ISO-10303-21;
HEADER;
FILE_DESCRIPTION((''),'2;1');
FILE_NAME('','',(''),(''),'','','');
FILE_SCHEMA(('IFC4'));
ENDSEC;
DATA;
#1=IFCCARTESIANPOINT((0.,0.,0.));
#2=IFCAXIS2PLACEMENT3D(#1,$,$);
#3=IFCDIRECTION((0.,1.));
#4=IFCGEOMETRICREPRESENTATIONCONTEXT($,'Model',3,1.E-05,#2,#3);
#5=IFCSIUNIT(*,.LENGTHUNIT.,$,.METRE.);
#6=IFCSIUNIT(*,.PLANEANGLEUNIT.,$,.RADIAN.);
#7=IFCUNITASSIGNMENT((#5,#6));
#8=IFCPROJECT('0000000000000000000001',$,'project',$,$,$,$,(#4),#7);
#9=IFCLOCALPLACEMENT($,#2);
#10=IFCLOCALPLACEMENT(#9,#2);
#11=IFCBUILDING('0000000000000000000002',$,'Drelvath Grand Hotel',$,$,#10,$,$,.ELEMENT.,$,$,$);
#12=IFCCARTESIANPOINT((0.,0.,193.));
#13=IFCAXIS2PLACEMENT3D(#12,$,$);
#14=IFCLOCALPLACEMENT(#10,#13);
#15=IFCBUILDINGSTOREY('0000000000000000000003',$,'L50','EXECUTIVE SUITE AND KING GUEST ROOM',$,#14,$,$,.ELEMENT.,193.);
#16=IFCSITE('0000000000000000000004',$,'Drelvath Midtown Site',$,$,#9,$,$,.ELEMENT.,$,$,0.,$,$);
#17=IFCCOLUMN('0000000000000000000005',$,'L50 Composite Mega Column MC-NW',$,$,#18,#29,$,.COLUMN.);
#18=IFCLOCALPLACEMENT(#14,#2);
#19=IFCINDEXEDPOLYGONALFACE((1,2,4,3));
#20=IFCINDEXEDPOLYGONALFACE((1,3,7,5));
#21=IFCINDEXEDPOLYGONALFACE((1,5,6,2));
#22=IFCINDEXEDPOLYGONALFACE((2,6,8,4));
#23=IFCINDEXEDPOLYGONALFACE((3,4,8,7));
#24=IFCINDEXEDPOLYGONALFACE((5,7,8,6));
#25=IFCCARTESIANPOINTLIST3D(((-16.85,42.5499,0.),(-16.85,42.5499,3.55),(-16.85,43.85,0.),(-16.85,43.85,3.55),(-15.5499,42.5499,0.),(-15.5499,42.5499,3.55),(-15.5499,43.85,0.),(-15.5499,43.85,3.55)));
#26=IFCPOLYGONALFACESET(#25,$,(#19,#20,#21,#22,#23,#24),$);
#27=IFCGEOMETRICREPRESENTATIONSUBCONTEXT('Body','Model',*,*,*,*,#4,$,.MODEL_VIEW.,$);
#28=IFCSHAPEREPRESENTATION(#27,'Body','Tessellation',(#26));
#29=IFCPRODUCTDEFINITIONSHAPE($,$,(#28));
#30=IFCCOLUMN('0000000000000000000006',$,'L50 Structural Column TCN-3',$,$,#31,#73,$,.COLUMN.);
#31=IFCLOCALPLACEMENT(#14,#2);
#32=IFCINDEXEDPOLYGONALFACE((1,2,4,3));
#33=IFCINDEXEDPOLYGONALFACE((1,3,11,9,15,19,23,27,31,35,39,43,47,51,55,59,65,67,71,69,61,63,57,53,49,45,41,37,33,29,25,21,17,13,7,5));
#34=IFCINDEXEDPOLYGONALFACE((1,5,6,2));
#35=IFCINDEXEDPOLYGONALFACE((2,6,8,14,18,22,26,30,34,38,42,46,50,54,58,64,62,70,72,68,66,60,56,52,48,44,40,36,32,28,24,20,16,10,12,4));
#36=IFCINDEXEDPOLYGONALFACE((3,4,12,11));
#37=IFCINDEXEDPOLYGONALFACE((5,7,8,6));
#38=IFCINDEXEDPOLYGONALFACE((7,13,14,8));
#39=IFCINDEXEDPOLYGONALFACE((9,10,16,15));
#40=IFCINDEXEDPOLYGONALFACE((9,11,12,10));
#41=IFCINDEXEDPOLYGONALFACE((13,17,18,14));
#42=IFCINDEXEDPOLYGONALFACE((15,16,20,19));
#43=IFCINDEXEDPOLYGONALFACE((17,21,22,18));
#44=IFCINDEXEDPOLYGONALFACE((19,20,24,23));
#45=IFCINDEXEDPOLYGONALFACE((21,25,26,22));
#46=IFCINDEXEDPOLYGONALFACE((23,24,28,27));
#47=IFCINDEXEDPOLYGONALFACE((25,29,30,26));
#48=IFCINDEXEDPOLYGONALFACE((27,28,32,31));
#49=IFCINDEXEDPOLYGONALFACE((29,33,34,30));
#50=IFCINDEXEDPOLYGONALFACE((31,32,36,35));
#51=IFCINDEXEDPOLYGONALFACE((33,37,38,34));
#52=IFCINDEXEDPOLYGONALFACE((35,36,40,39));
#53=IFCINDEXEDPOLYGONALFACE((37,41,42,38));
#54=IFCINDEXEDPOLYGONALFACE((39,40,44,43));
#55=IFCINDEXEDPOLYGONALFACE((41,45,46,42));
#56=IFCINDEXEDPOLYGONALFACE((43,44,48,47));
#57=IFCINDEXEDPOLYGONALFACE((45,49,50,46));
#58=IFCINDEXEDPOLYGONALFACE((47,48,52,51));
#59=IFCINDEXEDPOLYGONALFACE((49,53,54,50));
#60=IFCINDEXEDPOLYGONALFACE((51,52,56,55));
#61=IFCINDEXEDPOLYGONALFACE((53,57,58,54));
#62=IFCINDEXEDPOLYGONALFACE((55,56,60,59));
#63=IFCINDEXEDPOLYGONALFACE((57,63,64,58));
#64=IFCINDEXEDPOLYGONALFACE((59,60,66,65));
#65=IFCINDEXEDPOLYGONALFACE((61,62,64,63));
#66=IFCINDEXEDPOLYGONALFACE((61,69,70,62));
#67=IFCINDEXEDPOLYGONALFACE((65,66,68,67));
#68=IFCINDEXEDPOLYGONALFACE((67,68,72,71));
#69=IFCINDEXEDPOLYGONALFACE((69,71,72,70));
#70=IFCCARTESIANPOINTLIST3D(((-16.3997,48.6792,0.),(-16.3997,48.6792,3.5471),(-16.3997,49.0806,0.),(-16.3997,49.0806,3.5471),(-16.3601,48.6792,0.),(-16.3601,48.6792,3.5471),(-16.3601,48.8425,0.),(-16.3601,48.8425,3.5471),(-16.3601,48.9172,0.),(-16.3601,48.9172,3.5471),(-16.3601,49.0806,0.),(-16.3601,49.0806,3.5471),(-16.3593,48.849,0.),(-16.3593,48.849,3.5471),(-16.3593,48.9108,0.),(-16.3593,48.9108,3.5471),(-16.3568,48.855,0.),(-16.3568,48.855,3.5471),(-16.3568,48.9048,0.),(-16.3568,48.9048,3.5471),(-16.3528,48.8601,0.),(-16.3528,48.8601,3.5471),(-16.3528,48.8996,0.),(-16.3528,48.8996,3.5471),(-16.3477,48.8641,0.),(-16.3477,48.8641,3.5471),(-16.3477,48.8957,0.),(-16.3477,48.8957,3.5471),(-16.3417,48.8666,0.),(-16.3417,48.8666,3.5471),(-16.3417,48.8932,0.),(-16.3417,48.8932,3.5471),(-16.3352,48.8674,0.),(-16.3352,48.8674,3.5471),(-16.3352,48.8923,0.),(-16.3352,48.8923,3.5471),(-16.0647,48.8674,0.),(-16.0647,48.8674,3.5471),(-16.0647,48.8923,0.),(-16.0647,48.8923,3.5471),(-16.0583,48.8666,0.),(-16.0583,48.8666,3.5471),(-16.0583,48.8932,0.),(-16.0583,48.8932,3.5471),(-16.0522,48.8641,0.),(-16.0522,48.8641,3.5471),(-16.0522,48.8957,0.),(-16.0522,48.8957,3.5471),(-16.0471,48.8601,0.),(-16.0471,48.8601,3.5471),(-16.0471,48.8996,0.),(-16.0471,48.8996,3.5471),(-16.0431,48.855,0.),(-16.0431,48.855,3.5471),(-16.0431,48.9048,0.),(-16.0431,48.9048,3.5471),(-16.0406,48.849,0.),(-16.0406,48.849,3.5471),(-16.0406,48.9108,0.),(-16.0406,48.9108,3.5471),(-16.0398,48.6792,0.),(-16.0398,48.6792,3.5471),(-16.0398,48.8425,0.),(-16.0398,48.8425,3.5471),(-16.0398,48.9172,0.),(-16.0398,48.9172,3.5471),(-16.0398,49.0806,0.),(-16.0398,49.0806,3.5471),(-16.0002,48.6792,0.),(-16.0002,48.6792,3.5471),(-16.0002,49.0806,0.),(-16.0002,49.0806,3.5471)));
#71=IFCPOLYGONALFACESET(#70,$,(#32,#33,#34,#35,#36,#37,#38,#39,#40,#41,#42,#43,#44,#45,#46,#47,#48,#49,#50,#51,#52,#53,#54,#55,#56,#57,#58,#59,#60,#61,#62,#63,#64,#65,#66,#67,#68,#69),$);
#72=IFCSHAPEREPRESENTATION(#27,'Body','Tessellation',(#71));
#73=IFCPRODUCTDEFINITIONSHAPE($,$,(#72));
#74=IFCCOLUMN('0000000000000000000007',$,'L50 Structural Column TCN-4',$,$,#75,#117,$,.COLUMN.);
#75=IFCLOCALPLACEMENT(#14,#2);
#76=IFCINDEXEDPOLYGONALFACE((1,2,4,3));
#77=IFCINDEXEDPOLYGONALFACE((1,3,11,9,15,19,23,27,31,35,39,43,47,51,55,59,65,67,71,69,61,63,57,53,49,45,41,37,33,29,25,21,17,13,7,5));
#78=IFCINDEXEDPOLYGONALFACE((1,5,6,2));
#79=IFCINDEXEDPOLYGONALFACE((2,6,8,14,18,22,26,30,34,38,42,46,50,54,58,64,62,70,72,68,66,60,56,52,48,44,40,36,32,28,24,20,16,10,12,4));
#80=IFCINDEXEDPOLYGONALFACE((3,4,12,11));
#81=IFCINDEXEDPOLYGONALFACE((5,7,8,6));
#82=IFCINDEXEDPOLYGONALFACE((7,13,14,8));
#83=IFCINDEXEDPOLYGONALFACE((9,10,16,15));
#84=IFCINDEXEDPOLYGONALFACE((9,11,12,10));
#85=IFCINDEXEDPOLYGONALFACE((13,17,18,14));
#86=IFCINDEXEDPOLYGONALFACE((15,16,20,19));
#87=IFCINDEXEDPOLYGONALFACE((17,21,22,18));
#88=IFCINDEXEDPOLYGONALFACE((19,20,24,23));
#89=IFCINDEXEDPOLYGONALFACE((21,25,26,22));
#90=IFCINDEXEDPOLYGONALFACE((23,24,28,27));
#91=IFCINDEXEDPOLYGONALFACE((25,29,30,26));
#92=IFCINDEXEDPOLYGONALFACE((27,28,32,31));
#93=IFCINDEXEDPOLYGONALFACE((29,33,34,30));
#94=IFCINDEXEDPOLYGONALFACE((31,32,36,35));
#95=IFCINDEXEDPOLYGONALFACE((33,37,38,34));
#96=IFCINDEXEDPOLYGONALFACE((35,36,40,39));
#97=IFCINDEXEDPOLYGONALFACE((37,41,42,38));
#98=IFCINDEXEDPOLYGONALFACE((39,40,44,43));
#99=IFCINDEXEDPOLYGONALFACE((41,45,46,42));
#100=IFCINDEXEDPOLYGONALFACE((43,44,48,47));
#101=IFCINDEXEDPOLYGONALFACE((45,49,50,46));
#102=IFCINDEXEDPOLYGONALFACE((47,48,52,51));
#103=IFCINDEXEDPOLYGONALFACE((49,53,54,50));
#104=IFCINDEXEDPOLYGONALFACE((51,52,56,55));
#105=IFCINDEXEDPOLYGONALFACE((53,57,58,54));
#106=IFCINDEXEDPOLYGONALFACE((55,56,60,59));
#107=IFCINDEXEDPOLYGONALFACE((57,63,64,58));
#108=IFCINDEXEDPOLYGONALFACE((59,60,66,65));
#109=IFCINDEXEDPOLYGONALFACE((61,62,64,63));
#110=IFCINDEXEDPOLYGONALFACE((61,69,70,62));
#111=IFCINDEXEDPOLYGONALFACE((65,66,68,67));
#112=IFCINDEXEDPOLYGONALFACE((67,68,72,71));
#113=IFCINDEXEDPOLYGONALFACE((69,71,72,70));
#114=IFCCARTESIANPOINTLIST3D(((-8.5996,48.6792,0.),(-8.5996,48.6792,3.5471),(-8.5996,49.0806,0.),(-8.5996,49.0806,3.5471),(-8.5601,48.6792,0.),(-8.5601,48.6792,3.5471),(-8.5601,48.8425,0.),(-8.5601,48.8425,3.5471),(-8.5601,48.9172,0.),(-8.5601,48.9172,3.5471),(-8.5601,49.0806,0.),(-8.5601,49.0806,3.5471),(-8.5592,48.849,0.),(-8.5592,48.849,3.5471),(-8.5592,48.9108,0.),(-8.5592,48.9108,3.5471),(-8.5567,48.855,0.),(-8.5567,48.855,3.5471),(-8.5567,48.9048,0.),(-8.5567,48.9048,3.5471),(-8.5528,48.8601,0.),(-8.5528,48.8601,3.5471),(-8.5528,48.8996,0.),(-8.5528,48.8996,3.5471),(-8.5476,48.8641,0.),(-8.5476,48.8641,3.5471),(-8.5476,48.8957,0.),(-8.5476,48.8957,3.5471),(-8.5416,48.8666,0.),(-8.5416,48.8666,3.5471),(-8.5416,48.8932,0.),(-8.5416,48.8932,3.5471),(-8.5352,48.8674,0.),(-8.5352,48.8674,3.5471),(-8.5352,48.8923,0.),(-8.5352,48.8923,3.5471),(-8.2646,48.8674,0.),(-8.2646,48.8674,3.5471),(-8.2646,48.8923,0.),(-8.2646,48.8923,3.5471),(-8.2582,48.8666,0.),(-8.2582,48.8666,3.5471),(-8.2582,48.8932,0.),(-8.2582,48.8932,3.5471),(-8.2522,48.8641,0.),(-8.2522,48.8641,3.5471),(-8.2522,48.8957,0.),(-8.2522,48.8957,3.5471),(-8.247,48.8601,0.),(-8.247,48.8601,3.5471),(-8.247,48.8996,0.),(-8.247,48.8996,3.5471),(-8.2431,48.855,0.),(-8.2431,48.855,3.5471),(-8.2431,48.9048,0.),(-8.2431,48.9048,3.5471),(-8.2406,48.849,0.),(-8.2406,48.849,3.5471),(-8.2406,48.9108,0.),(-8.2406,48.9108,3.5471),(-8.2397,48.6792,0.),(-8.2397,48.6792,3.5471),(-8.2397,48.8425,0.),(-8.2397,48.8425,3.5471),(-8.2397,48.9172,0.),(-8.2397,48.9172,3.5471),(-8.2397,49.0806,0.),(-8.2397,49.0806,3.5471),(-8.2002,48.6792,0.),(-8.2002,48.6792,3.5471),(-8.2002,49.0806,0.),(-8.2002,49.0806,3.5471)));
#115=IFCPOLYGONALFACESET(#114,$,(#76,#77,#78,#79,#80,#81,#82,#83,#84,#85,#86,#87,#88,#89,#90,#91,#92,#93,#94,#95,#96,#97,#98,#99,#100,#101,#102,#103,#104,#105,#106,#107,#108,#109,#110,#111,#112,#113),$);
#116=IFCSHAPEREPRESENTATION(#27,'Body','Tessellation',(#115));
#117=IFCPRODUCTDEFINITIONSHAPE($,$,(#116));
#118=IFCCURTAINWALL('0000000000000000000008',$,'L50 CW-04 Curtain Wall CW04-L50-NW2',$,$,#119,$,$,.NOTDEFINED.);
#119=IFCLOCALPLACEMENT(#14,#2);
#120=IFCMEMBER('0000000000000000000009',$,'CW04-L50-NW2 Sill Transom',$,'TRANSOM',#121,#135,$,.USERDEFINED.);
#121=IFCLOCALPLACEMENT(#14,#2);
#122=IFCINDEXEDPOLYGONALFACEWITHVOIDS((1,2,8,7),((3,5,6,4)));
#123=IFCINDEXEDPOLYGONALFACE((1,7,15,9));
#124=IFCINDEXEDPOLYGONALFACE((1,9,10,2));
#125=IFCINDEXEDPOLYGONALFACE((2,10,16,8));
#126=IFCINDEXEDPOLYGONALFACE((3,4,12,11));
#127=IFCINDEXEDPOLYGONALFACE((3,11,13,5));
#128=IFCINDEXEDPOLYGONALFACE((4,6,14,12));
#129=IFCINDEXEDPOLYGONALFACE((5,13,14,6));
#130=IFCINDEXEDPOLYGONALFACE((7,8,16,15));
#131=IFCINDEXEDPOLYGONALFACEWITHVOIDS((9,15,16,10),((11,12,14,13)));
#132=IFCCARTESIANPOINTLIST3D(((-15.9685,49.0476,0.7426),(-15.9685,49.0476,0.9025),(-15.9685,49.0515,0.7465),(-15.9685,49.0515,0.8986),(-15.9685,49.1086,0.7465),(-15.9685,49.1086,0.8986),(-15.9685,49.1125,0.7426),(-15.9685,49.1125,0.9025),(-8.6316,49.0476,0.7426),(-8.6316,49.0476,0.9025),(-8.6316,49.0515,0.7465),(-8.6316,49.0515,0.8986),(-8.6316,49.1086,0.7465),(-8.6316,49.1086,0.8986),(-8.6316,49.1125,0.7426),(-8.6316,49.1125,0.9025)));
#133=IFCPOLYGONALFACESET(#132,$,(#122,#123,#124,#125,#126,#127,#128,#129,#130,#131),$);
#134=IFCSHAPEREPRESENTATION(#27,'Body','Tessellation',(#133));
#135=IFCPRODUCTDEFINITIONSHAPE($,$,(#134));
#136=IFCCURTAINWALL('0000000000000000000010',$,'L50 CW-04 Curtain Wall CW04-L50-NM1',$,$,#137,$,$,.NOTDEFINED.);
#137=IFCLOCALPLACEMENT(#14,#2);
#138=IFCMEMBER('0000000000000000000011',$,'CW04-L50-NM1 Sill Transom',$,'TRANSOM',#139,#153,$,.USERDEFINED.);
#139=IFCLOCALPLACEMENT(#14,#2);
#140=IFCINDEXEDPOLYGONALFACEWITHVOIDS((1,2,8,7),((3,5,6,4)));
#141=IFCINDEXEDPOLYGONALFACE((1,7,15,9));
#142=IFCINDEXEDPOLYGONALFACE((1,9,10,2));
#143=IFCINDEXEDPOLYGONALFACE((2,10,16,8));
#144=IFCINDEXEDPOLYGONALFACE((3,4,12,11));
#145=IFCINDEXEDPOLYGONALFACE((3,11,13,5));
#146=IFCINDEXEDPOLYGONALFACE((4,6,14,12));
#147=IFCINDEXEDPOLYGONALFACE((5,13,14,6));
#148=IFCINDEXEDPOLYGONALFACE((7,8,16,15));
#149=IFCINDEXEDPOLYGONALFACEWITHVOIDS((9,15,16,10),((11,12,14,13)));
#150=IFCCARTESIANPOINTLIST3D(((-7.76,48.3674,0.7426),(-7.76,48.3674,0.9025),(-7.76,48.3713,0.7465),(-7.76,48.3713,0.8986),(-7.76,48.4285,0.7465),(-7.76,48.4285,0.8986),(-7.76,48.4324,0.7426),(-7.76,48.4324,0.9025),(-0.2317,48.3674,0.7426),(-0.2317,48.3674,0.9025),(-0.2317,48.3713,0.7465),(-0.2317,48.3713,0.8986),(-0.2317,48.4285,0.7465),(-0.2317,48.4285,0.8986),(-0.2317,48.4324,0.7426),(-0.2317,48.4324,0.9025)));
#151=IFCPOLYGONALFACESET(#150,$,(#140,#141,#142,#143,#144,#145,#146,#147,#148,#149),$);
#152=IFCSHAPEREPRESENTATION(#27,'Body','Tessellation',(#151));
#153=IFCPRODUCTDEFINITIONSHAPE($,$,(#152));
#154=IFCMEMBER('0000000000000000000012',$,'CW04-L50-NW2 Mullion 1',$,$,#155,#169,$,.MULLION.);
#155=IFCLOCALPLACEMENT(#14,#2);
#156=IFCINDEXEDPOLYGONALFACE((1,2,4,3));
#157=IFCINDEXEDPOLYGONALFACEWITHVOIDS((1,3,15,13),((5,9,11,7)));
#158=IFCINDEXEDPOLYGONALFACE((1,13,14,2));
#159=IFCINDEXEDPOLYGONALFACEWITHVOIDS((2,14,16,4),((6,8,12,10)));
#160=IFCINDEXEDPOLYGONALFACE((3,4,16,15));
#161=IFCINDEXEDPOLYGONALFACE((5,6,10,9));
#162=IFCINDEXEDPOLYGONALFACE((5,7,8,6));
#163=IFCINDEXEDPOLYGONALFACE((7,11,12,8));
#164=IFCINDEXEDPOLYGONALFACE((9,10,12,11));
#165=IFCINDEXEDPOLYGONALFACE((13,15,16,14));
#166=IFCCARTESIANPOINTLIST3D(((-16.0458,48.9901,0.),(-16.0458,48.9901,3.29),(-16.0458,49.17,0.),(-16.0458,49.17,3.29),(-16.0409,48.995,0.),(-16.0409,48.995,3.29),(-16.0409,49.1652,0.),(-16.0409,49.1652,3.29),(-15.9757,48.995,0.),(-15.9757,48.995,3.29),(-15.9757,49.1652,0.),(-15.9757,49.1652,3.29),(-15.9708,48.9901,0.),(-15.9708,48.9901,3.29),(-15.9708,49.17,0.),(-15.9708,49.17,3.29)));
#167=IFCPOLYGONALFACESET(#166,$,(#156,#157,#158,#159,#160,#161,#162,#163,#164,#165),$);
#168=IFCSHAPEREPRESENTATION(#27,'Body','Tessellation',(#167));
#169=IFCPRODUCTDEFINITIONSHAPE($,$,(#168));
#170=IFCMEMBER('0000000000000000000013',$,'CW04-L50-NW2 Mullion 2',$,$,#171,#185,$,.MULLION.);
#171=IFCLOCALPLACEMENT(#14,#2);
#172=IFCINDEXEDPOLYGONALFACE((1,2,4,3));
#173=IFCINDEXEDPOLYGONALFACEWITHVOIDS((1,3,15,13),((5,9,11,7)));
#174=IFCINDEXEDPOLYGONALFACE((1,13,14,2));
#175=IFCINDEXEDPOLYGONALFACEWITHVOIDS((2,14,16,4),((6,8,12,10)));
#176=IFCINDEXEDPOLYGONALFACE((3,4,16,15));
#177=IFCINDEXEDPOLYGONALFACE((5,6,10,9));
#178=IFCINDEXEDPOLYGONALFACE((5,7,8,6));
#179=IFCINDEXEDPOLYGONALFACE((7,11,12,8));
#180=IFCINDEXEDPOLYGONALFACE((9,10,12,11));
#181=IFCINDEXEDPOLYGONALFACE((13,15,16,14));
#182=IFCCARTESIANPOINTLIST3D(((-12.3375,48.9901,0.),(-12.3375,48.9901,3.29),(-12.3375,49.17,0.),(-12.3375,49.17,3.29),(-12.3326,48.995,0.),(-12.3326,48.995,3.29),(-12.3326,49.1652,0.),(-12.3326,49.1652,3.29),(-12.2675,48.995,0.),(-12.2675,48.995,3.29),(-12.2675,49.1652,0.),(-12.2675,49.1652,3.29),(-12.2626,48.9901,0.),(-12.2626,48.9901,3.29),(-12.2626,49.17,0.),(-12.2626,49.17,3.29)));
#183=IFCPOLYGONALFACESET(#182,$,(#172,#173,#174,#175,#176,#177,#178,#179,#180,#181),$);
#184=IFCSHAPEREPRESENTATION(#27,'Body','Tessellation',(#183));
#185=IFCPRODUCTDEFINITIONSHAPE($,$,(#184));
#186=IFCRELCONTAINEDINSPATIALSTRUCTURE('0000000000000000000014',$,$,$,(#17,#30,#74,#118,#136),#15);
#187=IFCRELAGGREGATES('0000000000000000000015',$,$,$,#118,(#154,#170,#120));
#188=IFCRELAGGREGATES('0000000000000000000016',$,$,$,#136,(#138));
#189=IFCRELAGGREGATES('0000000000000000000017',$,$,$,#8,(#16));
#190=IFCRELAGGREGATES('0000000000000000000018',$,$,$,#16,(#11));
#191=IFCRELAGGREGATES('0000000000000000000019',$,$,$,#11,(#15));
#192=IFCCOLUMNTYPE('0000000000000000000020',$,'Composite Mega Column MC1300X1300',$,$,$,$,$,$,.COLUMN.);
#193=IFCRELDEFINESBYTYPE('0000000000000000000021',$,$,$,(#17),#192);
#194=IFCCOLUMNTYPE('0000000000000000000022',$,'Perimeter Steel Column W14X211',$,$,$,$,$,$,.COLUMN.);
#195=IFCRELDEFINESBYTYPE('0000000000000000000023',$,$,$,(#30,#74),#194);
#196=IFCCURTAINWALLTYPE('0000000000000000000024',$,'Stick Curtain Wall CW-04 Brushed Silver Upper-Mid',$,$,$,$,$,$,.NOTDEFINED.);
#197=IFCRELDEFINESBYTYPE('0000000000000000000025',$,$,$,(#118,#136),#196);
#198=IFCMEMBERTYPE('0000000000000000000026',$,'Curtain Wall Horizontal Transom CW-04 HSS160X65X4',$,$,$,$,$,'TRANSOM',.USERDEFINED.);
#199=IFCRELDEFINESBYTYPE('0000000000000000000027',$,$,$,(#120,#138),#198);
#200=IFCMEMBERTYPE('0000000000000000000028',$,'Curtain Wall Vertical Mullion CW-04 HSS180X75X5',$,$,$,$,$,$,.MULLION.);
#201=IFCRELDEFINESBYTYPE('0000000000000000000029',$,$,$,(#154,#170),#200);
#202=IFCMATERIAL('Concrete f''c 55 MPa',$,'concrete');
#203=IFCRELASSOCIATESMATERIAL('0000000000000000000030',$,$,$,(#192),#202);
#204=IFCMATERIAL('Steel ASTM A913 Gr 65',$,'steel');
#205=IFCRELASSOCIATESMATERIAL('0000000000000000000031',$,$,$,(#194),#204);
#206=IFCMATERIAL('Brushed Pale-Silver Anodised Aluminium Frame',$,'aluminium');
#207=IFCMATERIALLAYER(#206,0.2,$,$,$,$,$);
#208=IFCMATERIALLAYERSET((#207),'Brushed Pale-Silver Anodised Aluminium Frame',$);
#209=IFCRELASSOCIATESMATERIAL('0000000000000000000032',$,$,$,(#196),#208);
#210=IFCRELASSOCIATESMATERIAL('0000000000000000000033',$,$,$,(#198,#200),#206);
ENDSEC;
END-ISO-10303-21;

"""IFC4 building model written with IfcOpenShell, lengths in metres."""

from ifc_helpers import new_model, si_unit, direction, frame, origin, origin_2d, place, context, subcontext, project, spatial, rectangle, hollow_rectangle, i_section, extrude, material, layer, layer_set, material_profile, profile_set, type_object, element, aggregate, save


model = new_model("IFC4")

# Units and contexts
model_context = context("Model", 3, precision=1e-05, world=origin(), true_north=direction((0.0, 1.0)))
body_context = subcontext(model_context, "Body", "Model", "MODEL_VIEW")
ifc_project = project(units=[si_unit("LENGTHUNIT", "METRE"), si_unit("PLANEANGLEUNIT", "RADIAN")], contexts=[model_context])

# Site, building, storey
site_placement = place(None, origin())
site = spatial("IfcSite", under=ifc_project, at=site_placement, Name="Drelvath Midtown Site", CompositionType="ELEMENT", RefElevation=0.0)
building_placement = place(site_placement, origin())
building = spatial("IfcBuilding", under=site, at=building_placement, Name="Drelvath Grand Hotel", CompositionType="ELEMENT")
storey_placement = place(building_placement, frame((0.0, 0.0, 193.0)))
storey = spatial("IfcBuildingStorey", under=building, at=storey_placement, Name="L50", Description="EXECUTIVE SUITE AND KING GUEST ROOM", CompositionType="ELEMENT", Elevation=193.0)

# Columns
ifc_material_1 = material(Name="Concrete f'c 55 MPa", Category="concrete")
ifc_material_profile_1 = material_profile(ifc_material_1, rectangle(XDim=1.3, YDim=1.3, at=origin_2d()), Name="MC1300X1300")
ifc_profile_set_1 = profile_set([ifc_material_profile_1], Name="Concrete f'c 55 MPa")
column_type_1 = type_object("IfcColumnType", Name="Composite Mega Column MC1300X1300", PredefinedType="COLUMN", material=ifc_profile_set_1)
column_placement = place(storey_placement, frame((-16.2, 43.2, 0.0), z_axis=(0.0, 0.0, 1.0), x_axis=(1.0, 0.0, 0.0)))
element("IfcColumn", 1, at=column_placement, inside=storey, type_object=column_type_1, Name="L50 Composite Mega Column MC-NW", PredefinedType="COLUMN", context=body_context, shape_type="SweptSolid", body=[
    extrude(rectangle(XDim=1.3, YDim=1.3, at=origin_2d()), origin(), (0.0, 0.0, 1.0), 3.55),
])
ifc_material_2 = material(Name="Steel ASTM A913 Gr 65", Category="steel")
ifc_material_profile_2 = material_profile(ifc_material_2, i_section(OverallWidth=0.4014, OverallDepth=0.3994, WebThickness=0.0249, FlangeThickness=0.0396, FilletRadius=0.0249, at=origin_2d()), Name="W14X211")
ifc_profile_set_2 = profile_set([ifc_material_profile_2], Name="Steel ASTM A913 Gr 65")
column_type_2 = type_object("IfcColumnType", Name="Perimeter Steel Column W14X211", PredefinedType="COLUMN", material=ifc_profile_set_2)
for number, where, z_axis, x_axis, name in (
    (2, (-16.2, 48.8799, 0.0), (0.0, 0.0, 1.0), (0.0, 1.0, 0.0), "L50 Structural Column TCN-3"),
    (3, (-8.3999, 48.8799, 0.0), (0.0, 0.0, 1.0), (0.0, 1.0, 0.0), "L50 Structural Column TCN-4"),
):
    element("IfcColumn", number, at=place(storey_placement, frame(where, z_axis=z_axis, x_axis=x_axis)), inside=storey, type_object=column_type_2, Name=name, PredefinedType="COLUMN", context=body_context, shape_type="SweptSolid", body=[
        extrude(i_section(OverallWidth=0.4014, OverallDepth=0.3994, WebThickness=0.0249, FlangeThickness=0.0396, FilletRadius=0.0249, at=origin_2d()), origin(), (0.0, 0.0, 1.0), 3.5471),
    ])

# Curtain walls, members
ifc_material_3 = material(Name="Brushed Pale-Silver Anodised Aluminium Frame", Category="aluminium")
ifc_layer_1 = layer(ifc_material_3, 0.2)
ifc_layer_set_1 = layer_set([ifc_layer_1], Name="Brushed Pale-Silver Anodised Aluminium Frame")
curtain_wall_type = type_object("IfcCurtainWallType", Name="Stick Curtain Wall CW-04 Brushed Silver Upper-Mid", PredefinedType="NOTDEFINED", material=ifc_layer_set_1)
curtain_wall_1_placement = place(storey_placement, origin())
curtain_wall_1 = element("IfcCurtainWall", 4, at=curtain_wall_1_placement, inside=storey, type_object=curtain_wall_type, Name="L50 CW-04 Curtain Wall CW04-L50-NW2", PredefinedType="NOTDEFINED")
ifc_material_profile_3 = material_profile(ifc_material_3, hollow_rectangle(XDim=0.0649, YDim=0.1599, WallThickness=0.0039, at=origin_2d()), Name="HSS160X65X4")
ifc_profile_set_3 = profile_set([ifc_material_profile_3], Name="Brushed Pale-Silver Anodised Aluminium Frame")
member_type_1 = type_object("IfcMemberType", Name="Curtain Wall Horizontal Transom CW-04 HSS160X65X4", ElementType="TRANSOM", PredefinedType="USERDEFINED", material=ifc_profile_set_3)
member_1_placement = place(storey_placement, frame((-15.9685, 49.0801, 0.8225), z_axis=(1.0, 0.0, 0.0), x_axis=(0.0, 1.0, 0.0)))
member_1 = element("IfcMember", 5, at=member_1_placement, type_object=member_type_1, Name="CW04-L50-NW2 Sill Transom", ObjectType="TRANSOM", PredefinedType="USERDEFINED", context=body_context, shape_type="SweptSolid", body=[
    extrude(hollow_rectangle(XDim=0.0649, YDim=0.1599, WallThickness=0.0039, at=origin_2d()), origin(), (0.0, 0.0, 1.0), 7.3369),
])
curtain_wall_2_placement = place(storey_placement, origin())
curtain_wall_2 = element("IfcCurtainWall", 6, at=curtain_wall_2_placement, inside=storey, type_object=curtain_wall_type, Name="L50 CW-04 Curtain Wall CW04-L50-NM1", PredefinedType="NOTDEFINED")
member_2_placement = place(storey_placement, frame((-7.76, 48.3999, 0.8225), z_axis=(1.0, 0.0, 0.0), x_axis=(0.0, 1.0, 0.0)))
member_2 = element("IfcMember", 7, at=member_2_placement, type_object=member_type_1, Name="CW04-L50-NM1 Sill Transom", ObjectType="TRANSOM", PredefinedType="USERDEFINED", context=body_context, shape_type="SweptSolid", body=[
    extrude(hollow_rectangle(XDim=0.0649, YDim=0.1599, WallThickness=0.0039, at=origin_2d()), origin(), (0.0, 0.0, 1.0), 7.5283),
])

# Members
ifc_material_profile_4 = material_profile(ifc_material_3, hollow_rectangle(XDim=0.075, YDim=0.1799, WallThickness=0.0049, at=origin_2d()), Name="HSS180X75X5")
ifc_profile_set_4 = profile_set([ifc_material_profile_4], Name="Brushed Pale-Silver Anodised Aluminium Frame")
member_type_2 = type_object("IfcMemberType", Name="Curtain Wall Vertical Mullion CW-04 HSS180X75X5", PredefinedType="MULLION", material=ifc_profile_set_4)
member_3_placement = place(storey_placement, frame((-16.0083, 49.0801, 0.0), z_axis=(0.0, 0.0, 1.0), x_axis=(1.0, 0.0, 0.0)))
member_3 = element("IfcMember", 8, at=member_3_placement, type_object=member_type_2, Name="CW04-L50-NW2 Mullion 1", PredefinedType="MULLION", context=body_context, shape_type="SweptSolid", body=[
    extrude(hollow_rectangle(XDim=0.075, YDim=0.1799, WallThickness=0.0049, at=origin_2d()), origin(), (0.0, 0.0, 1.0), 3.29),
])
member_4_placement = place(storey_placement, frame((-12.3, 49.0801, 0.0), z_axis=(0.0, 0.0, 1.0), x_axis=(1.0, 0.0, 0.0)))
member_4 = element("IfcMember", 9, at=member_4_placement, type_object=member_type_2, Name="CW04-L50-NW2 Mullion 2", PredefinedType="MULLION", context=body_context, shape_type="SweptSolid", body=[
    extrude(hollow_rectangle(XDim=0.075, YDim=0.1799, WallThickness=0.0049, at=origin_2d()), origin(), (0.0, 0.0, 1.0), 3.29),
])

aggregate(curtain_wall_1, [member_3, member_4, member_1])
aggregate(curtain_wall_2, [member_2])

save(model, "model.ifc")
